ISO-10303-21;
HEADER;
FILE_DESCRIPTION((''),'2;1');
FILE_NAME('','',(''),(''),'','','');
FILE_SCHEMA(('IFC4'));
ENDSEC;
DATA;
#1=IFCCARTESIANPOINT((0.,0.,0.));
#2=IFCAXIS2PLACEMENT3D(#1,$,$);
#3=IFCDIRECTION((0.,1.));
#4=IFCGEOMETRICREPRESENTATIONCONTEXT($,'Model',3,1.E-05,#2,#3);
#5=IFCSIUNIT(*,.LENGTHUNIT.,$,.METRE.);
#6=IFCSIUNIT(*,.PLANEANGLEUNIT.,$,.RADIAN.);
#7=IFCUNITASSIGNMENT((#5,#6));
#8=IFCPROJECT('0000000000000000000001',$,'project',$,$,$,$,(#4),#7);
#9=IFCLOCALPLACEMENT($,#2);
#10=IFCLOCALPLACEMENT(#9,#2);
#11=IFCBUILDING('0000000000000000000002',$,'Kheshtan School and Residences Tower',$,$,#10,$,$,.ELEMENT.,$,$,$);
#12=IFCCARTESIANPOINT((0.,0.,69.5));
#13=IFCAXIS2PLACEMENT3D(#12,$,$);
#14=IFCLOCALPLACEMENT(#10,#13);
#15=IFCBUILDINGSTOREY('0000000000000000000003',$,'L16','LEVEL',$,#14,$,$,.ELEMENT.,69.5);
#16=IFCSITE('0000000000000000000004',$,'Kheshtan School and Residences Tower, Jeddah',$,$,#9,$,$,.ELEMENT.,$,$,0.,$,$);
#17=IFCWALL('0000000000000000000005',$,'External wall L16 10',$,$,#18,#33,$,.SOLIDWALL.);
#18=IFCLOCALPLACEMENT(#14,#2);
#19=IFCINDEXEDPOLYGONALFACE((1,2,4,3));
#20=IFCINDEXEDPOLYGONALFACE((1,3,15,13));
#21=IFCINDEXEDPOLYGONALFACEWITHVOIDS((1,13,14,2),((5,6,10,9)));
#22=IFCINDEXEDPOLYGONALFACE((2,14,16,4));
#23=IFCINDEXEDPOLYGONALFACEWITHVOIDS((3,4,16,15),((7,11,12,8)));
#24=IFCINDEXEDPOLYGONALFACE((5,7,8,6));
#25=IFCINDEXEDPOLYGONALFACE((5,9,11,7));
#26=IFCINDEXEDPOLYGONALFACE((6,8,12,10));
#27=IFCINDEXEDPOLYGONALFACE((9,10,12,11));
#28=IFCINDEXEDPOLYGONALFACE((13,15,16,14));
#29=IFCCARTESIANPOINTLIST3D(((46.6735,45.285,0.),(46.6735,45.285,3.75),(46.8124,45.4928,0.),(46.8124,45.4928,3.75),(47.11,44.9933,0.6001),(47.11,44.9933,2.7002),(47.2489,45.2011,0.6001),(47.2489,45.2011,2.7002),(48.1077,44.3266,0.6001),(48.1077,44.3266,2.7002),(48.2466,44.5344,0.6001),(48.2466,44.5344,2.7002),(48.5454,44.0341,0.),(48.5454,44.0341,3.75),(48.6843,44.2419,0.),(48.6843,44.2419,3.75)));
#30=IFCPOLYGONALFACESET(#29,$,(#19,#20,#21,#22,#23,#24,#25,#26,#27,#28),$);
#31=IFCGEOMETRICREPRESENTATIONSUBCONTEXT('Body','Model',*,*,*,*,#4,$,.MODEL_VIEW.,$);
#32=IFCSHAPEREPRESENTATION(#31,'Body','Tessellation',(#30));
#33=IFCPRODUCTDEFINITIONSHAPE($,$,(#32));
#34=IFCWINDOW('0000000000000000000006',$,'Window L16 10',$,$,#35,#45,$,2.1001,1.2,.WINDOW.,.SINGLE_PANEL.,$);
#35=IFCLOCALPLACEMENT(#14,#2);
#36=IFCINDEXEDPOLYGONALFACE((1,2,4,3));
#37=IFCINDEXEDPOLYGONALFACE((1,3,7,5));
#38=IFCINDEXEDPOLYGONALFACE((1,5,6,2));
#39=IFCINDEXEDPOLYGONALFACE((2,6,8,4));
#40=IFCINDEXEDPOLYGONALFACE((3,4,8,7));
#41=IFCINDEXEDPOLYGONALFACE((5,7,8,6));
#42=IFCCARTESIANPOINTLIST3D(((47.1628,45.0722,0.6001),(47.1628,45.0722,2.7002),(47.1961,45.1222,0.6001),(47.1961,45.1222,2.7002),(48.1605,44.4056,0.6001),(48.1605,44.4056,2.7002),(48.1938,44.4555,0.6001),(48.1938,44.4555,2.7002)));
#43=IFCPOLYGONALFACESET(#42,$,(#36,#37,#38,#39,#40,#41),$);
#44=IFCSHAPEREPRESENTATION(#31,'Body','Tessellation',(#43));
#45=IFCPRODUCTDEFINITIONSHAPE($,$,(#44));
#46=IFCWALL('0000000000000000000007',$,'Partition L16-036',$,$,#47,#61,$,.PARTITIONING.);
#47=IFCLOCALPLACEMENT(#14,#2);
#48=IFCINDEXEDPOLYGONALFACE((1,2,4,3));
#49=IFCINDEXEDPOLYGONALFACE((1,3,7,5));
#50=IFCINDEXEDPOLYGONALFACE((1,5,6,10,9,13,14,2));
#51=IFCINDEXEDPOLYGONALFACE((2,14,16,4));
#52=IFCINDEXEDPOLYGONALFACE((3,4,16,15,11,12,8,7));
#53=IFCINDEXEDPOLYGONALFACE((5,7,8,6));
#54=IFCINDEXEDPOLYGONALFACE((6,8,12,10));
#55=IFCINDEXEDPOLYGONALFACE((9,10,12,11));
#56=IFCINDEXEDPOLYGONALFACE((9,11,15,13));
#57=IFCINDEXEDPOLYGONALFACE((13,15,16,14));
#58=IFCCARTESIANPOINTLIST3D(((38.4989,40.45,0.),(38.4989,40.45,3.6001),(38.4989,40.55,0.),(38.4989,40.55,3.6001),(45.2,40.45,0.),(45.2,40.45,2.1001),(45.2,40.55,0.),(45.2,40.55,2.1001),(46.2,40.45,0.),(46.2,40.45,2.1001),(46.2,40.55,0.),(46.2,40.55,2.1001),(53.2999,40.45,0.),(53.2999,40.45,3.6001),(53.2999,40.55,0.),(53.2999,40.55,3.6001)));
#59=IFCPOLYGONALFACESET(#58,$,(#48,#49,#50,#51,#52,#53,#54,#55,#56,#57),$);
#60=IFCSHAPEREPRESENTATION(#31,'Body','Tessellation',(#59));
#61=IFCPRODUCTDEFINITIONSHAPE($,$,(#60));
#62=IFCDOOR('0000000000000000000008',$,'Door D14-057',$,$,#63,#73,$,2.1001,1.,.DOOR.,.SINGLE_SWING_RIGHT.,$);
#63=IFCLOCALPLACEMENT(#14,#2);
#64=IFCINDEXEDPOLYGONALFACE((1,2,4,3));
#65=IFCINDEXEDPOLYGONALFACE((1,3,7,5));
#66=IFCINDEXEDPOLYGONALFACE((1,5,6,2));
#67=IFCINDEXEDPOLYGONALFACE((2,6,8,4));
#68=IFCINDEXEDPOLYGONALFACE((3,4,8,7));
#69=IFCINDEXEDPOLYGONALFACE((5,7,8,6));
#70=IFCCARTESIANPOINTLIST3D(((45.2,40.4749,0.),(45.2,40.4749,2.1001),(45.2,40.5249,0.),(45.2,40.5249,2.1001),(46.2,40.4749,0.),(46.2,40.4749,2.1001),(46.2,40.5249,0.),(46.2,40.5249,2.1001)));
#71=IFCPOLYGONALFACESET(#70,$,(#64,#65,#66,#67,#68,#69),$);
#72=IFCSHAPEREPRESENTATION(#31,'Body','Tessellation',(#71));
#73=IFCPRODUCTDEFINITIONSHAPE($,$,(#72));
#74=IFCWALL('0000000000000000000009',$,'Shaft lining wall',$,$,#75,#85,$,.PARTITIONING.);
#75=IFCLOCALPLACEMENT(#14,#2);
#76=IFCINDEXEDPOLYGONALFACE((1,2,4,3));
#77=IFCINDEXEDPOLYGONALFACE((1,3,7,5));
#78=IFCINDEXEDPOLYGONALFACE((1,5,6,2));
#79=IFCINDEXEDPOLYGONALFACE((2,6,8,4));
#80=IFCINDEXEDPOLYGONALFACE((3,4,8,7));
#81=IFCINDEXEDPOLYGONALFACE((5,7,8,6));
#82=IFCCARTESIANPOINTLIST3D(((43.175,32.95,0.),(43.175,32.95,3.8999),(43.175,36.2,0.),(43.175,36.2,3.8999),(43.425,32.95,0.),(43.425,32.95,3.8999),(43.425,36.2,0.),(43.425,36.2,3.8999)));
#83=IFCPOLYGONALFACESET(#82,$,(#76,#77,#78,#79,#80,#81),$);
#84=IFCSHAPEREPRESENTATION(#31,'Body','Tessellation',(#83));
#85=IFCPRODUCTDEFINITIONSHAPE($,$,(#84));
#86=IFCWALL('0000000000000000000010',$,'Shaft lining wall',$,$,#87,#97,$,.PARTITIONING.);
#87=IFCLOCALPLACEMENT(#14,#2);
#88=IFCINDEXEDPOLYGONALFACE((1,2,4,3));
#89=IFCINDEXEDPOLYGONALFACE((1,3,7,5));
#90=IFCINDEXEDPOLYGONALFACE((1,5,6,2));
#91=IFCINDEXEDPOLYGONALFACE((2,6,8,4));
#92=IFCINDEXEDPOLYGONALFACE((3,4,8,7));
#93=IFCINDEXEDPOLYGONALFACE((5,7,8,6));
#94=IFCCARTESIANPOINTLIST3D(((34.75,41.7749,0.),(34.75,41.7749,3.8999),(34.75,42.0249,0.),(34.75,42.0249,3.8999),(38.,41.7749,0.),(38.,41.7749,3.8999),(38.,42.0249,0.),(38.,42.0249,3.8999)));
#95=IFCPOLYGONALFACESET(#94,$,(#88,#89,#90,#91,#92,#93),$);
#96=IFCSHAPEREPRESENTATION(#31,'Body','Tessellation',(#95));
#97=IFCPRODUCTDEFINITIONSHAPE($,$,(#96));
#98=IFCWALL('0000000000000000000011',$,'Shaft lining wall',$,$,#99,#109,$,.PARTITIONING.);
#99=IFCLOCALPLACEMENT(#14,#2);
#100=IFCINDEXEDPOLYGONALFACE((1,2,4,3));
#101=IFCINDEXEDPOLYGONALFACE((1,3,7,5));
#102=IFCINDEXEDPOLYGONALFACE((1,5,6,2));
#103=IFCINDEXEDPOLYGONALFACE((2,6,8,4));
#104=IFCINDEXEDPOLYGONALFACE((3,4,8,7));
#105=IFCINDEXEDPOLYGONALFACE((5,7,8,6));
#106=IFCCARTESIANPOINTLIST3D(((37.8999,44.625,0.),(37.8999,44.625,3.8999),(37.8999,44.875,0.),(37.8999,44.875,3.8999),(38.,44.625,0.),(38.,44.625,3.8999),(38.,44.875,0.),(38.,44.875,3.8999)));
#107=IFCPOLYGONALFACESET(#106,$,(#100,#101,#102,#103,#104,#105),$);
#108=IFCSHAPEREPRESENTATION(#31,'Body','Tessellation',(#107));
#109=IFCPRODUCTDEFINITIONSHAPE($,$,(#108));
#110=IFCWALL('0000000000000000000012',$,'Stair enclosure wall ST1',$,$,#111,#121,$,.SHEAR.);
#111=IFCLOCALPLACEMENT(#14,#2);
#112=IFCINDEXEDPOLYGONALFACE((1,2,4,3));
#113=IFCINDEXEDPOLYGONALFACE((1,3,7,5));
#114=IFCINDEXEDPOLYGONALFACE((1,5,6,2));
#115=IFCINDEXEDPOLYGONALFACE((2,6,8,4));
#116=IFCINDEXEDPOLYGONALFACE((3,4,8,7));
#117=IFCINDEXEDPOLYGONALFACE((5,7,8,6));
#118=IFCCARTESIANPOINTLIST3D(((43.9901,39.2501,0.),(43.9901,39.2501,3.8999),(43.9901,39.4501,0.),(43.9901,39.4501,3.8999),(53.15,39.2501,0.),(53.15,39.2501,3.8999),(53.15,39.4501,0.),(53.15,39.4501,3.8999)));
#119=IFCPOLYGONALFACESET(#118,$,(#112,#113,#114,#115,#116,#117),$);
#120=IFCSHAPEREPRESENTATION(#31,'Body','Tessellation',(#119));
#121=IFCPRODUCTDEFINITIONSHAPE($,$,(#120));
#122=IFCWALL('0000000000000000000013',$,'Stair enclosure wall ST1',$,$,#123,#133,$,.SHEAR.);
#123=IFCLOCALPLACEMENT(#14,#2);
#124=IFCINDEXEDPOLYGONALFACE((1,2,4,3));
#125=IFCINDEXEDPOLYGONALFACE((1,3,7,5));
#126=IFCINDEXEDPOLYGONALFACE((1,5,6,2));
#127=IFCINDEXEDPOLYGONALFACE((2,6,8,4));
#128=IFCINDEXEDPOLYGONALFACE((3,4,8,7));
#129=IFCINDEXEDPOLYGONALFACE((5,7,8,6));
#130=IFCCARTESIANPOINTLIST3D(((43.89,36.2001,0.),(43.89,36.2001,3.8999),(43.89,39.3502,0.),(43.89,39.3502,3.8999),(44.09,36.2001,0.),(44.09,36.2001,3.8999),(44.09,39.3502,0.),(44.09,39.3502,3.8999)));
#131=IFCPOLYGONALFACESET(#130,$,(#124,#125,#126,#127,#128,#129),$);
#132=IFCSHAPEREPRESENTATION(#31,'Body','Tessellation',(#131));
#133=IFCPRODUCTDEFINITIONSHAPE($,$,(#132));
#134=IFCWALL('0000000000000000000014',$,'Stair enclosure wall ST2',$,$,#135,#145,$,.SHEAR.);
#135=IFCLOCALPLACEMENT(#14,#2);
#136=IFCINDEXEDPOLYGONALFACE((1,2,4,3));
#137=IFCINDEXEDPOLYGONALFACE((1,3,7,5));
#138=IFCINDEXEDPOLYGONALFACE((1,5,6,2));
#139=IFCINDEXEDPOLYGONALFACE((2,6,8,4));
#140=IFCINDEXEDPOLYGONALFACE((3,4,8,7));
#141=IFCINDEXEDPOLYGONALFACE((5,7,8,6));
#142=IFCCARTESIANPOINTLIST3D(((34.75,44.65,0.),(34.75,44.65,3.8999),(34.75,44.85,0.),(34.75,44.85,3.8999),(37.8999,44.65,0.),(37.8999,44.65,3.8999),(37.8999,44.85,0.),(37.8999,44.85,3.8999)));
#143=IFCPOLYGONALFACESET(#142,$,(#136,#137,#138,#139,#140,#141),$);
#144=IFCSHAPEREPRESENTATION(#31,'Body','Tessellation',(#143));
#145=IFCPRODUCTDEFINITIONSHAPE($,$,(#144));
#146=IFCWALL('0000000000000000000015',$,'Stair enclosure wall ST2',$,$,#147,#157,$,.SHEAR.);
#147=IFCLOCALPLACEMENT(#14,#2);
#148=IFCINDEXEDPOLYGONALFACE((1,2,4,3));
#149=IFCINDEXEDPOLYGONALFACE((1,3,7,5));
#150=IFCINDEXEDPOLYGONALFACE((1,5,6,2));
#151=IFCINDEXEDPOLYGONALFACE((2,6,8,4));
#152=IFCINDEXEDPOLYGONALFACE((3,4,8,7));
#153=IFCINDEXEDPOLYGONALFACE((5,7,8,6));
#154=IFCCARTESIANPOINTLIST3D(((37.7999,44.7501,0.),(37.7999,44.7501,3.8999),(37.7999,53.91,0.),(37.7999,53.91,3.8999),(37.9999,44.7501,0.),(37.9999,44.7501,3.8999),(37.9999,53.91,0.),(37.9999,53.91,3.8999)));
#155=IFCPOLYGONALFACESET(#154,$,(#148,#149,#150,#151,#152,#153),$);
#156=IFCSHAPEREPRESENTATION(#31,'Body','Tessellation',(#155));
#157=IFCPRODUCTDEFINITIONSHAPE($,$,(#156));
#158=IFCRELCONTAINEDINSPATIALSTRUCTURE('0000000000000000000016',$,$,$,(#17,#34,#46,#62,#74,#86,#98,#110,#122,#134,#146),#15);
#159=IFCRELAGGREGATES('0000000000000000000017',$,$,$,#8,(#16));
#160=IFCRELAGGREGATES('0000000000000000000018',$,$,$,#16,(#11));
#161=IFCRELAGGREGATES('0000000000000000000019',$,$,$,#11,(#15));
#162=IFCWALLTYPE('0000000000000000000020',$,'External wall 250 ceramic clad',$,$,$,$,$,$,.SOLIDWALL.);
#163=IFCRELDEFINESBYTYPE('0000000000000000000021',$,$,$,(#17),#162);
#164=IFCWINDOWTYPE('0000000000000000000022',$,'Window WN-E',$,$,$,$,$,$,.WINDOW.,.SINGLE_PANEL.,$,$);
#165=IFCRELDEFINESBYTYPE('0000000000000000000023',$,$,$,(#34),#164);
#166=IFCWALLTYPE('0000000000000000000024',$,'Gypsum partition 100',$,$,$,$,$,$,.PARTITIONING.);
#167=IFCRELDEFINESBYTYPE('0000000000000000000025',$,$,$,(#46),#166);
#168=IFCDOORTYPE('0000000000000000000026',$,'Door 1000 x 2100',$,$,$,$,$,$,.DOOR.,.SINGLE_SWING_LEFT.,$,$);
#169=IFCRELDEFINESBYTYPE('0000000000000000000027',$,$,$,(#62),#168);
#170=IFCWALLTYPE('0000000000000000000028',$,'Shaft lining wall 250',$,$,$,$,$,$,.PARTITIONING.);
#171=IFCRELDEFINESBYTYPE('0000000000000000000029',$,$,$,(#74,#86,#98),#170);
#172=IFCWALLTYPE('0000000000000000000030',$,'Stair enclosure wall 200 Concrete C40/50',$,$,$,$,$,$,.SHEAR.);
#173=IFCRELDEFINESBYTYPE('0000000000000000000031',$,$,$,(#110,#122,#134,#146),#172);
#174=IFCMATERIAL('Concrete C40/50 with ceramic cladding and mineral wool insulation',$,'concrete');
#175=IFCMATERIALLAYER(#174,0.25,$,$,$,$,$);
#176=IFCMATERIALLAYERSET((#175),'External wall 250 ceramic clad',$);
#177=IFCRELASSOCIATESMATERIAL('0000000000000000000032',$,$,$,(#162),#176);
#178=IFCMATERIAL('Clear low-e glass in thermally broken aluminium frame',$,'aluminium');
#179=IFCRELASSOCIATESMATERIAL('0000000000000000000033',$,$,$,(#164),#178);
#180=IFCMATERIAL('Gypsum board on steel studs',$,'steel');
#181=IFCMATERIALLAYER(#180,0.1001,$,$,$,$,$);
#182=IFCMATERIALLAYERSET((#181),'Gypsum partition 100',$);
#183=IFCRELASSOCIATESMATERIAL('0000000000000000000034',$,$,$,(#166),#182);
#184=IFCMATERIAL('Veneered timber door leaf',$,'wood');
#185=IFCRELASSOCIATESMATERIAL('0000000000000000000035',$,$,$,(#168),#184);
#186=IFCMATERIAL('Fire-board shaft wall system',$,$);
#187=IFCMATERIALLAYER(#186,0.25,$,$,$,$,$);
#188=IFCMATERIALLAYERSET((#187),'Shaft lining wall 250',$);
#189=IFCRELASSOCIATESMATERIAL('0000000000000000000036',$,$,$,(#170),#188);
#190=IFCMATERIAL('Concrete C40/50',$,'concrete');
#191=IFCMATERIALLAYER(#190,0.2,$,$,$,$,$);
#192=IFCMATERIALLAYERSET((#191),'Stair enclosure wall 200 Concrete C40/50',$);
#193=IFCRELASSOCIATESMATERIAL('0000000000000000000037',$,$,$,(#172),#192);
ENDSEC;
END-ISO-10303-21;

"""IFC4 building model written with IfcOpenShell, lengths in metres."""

from ifc_helpers import new_model, si_unit, direction, frame, frame_2d, origin, place, context, subcontext, project, spatial, rectangle, extrude, source, transform, mapped, material, layer, layer_set, type_object, element, fill, save


model = new_model("IFC4")

# Units and contexts
model_context = context("Model", 3, precision=1e-05, world=origin(), true_north=direction((0.0, 1.0)))
body_context = subcontext(model_context, "Body", "Model", "MODEL_VIEW")
ifc_project = project(units=[si_unit("LENGTHUNIT", "METRE"), si_unit("PLANEANGLEUNIT", "RADIAN")], contexts=[model_context])

# Site, building, storey
site_placement = place(None, origin())
site = spatial("IfcSite", under=ifc_project, at=site_placement, Name="Kheshtan School and Residences Tower, Jeddah", CompositionType="ELEMENT", RefElevation=0.0)
building_placement = place(site_placement, origin())
building = spatial("IfcBuilding", under=site, at=building_placement, Name="Kheshtan School and Residences Tower", CompositionType="ELEMENT")
storey_placement = place(building_placement, frame((0.0, 0.0, 69.5)))
storey = spatial("IfcBuildingStorey", under=building, at=storey_placement, Name="L16", Description="LEVEL", CompositionType="ELEMENT", Elevation=69.5)

# Wall, opening, window
ifc_material_1 = material(Name="Concrete C40/50 with ceramic cladding and mineral wool insulation", Category="concrete")
ifc_layer_1 = layer(ifc_material_1, 0.25)
ifc_layer_set_1 = layer_set([ifc_layer_1], Name="External wall 250 ceramic clad")
wall_type_1 = type_object("IfcWallType", Name="External wall 250 ceramic clad", PredefinedType="SOLIDWALL", material=ifc_layer_set_1)
wall_1_placement = place(storey_placement, frame((46.7429, 45.3889, 0.0), z_axis=(0.0, 0.0, 1.0), x_axis=(0.831449, -0.555601, 0.0)))
wall_1 = element("IfcWall", 1, at=wall_1_placement, inside=storey, type_object=wall_type_1, Name="External wall L16 10", PredefinedType="SOLIDWALL", context=body_context, shape_type="SweptSolid", body=[
    extrude(rectangle(XDim=2.2515, YDim=0.25, at=frame_2d((1.1257, 0.0))), origin(), (0.0, 0.0, 1.0), 3.75),
])
opening_1_placement = place(wall_1_placement, frame((0.5249, 0.0, 0.6001)))
opening_1 = element("IfcOpeningElement", 2, at=opening_1_placement, cuts=wall_1, PredefinedType="OPENING", context=body_context, shape_type="SweptSolid", body=[
    extrude(rectangle(XDim=1.2, YDim=2.1001, at=frame_2d((0.6001, 1.05))), frame((0.0, 0.135, 0.0), z_axis=(0.0, -1.0, 0.0), x_axis=(1.0, 0.0, 0.0)), (0.0, 0.0, 1.0), 0.27),
])
ifc_material_2 = material(Name="Clear low-e glass in thermally broken aluminium frame", Category="aluminium")
window_type = type_object("IfcWindowType", Name="Window WN-E", PartitioningType="SINGLE_PANEL", PredefinedType="WINDOW", material=ifc_material_2)
shared_shape_1 = source(origin(), body_context, "Body", "SweptSolid", [
    extrude(rectangle(XDim=1.2, YDim=2.1001, at=frame_2d((0.6001, 1.05))), frame((0.0, 0.03, 0.0), z_axis=(0.0, -1.0, 0.0), x_axis=(1.0, 0.0, 0.0)), (0.0, 0.0, 1.0), 0.0601),
])
window_placement = place(opening_1_placement, origin())
window = element("IfcWindow", 3, at=window_placement, inside=storey, type_object=window_type, Name="Window L16 10", OverallHeight=2.1001, OverallWidth=1.2, PartitioningType="SINGLE_PANEL", PredefinedType="WINDOW", context=body_context, shape_type="MappedRepresentation", body=[
    mapped(shared_shape_1, transform((0.0, 0.0, 0.0), x_axis=(1.0, 0.0, 0.0), y_axis=(0.0, 1.0, 0.0), z_axis=(0.0, 0.0, 1.0), scale=1.0)),
])
fill(opening_1, window)

# Wall, opening, door
ifc_material_3 = material(Name="Gypsum board on steel studs", Category="steel")
ifc_layer_2 = layer(ifc_material_3, 0.1001)
ifc_layer_set_2 = layer_set([ifc_layer_2], Name="Gypsum partition 100")
wall_type_2 = type_object("IfcWallType", Name="Gypsum partition 100", PredefinedType="PARTITIONING", material=ifc_layer_set_2)
wall_2_placement = place(storey_placement, frame((38.499, 40.5, 0.0), z_axis=(0.0, 0.0, 1.0), x_axis=(1.0, 0.0, 0.0)))
wall_2 = element("IfcWall", 4, at=wall_2_placement, inside=storey, type_object=wall_type_2, Name="Partition L16-036", PredefinedType="PARTITIONING", context=body_context, shape_type="SweptSolid", body=[
    extrude(rectangle(XDim=14.801, YDim=0.1001, at=frame_2d((7.4004, 0.0))), origin(), (0.0, 0.0, 1.0), 3.6001),
])
opening_2_placement = place(wall_2_placement, frame((6.7009, 0.0, 0.0)))
opening_2 = element("IfcOpeningElement", 5, at=opening_2_placement, cuts=wall_2, PredefinedType="OPENING", context=body_context, shape_type="SweptSolid", body=[
    extrude(rectangle(XDim=1.0, YDim=2.1001, at=frame_2d((0.5, 1.05))), frame((0.0, 0.0601, 0.0), z_axis=(0.0, -1.0, 0.0), x_axis=(1.0, 0.0, 0.0)), (0.0, 0.0, 1.0), 0.1201),
])
ifc_material_4 = material(Name="Veneered timber door leaf", Category="wood")
door_type_1 = type_object("IfcDoorType", Name="Door 1000 x 2100", OperationType="SINGLE_SWING_LEFT", PredefinedType="DOOR", material=ifc_material_4)
shared_shape_2 = source(origin(), body_context, "Body", "SweptSolid", [
    extrude(rectangle(XDim=1.0, YDim=2.1001, at=frame_2d((0.5, 1.05))), frame((0.0, 0.0249, 0.0), z_axis=(0.0, -1.0, 0.0), x_axis=(1.0, 0.0, 0.0)), (0.0, 0.0, 1.0), 0.05),
])
door_1_placement = place(opening_2_placement, origin())
door_1 = element("IfcDoor", 6, at=door_1_placement, inside=storey, type_object=door_type_1, Name="Door D14-057", OperationType="SINGLE_SWING_RIGHT", OverallHeight=2.1001, OverallWidth=1.0, PredefinedType="DOOR", context=body_context, shape_type="MappedRepresentation", body=[
    mapped(shared_shape_2, transform((0.0, 0.0, 0.0), x_axis=(1.0, 0.0, 0.0), y_axis=(0.0, 1.0, 0.0), z_axis=(0.0, 0.0, 1.0), scale=1.0)),
])
fill(opening_2, door_1)

# Walls
ifc_material_5 = material(Name="Fire-board shaft wall system")
ifc_layer_3 = layer(ifc_material_5, 0.25)
ifc_layer_set_3 = layer_set([ifc_layer_3], Name="Shaft lining wall 250")
wall_type_3 = type_object("IfcWallType", Name="Shaft lining wall 250", PredefinedType="PARTITIONING", material=ifc_layer_set_3)
for number, where, z_axis, x_axis, name in (
    (7, (43.3, 32.95, 0.0), (0.0, 0.0, 1.0), (0.0, 1.0, 0.0), "Shaft lining wall"),
    (8, (34.75, 41.8999, 0.0), (0.0, 0.0, 1.0), (1.0, 0.0, 0.0), "Shaft lining wall"),
):
    element("IfcWall", number, at=place(storey_placement, frame(where, z_axis=z_axis, x_axis=x_axis)), inside=storey, type_object=wall_type_3, Name=name, PredefinedType="PARTITIONING", context=body_context, shape_type="SweptSolid", body=[
        extrude(rectangle(XDim=3.25, YDim=0.25, at=frame_2d((1.625, 0.0))), origin(), (0.0, 0.0, 1.0), 3.8999),
    ])
wall_3_placement = place(storey_placement, frame((37.8999, 44.75, 0.0), z_axis=(0.0, 0.0, 1.0), x_axis=(1.0, 0.0, 0.0)))
element("IfcWall", 9, at=wall_3_placement, inside=storey, type_object=wall_type_3, Name="Shaft lining wall", PredefinedType="PARTITIONING", context=body_context, shape_type="SweptSolid", body=[
    extrude(rectangle(XDim=0.1001, YDim=0.25, at=frame_2d((0.05, 0.0))), origin(), (0.0, 0.0, 1.0), 3.8999),
])
ifc_material_6 = material(Name="Concrete C40/50", Category="concrete")
ifc_layer_4 = layer(ifc_material_6, 0.2)
ifc_layer_set_4 = layer_set([ifc_layer_4], Name="Stair enclosure wall 200 Concrete C40/50")
wall_type_4 = type_object("IfcWallType", Name="Stair enclosure wall 200 Concrete C40/50", PredefinedType="SHEAR", material=ifc_layer_set_4)
wall_4_placement = place(storey_placement, frame((43.99, 39.3501, 0.0), z_axis=(0.0, 0.0, 1.0), x_axis=(1.0, 0.0, 0.0)))
element("IfcWall", 10, at=wall_4_placement, inside=storey, type_object=wall_type_4, Name="Stair enclosure wall ST1", PredefinedType="SHEAR", context=body_context, shape_type="SweptSolid", body=[
    extrude(rectangle(XDim=9.1599, YDim=0.2, at=frame_2d((4.5801, 0.0))), origin(), (0.0, 0.0, 1.0), 3.8999),
])
wall_5_placement = place(storey_placement, frame((43.99, 36.2, 0.0), z_axis=(0.0, 0.0, 1.0), x_axis=(0.0, 1.0, 0.0)))
element("IfcWall", 11, at=wall_5_placement, inside=storey, type_object=wall_type_4, Name="Stair enclosure wall ST1", PredefinedType="SHEAR", context=body_context, shape_type="SweptSolid", body=[
    extrude(rectangle(XDim=3.1501, YDim=0.2, at=frame_2d((1.5752, 0.0))), origin(), (0.0, 0.0, 1.0), 3.8999),
])
wall_6_placement = place(storey_placement, frame((34.75, 44.75, 0.0), z_axis=(0.0, 0.0, 1.0), x_axis=(1.0, 0.0, 0.0)))
element("IfcWall", 12, at=wall_6_placement, inside=storey, type_object=wall_type_4, Name="Stair enclosure wall ST2", PredefinedType="SHEAR", context=body_context, shape_type="SweptSolid", body=[
    extrude(rectangle(XDim=3.1499, YDim=0.2, at=frame_2d((1.575, 0.0))), origin(), (0.0, 0.0, 1.0), 3.8999),
])
wall_7_placement = place(storey_placement, frame((37.8999, 44.75, 0.0), z_axis=(0.0, 0.0, 1.0), x_axis=(0.0, 1.0, 0.0)))
element("IfcWall", 13, at=wall_7_placement, inside=storey, type_object=wall_type_4, Name="Stair enclosure wall ST2", PredefinedType="SHEAR", context=body_context, shape_type="SweptSolid", body=[
    extrude(rectangle(XDim=9.1599, YDim=0.2, at=frame_2d((4.5801, 0.0))), origin(), (0.0, 0.0, 1.0), 3.8999),
])

save(model, "model.ifc")
